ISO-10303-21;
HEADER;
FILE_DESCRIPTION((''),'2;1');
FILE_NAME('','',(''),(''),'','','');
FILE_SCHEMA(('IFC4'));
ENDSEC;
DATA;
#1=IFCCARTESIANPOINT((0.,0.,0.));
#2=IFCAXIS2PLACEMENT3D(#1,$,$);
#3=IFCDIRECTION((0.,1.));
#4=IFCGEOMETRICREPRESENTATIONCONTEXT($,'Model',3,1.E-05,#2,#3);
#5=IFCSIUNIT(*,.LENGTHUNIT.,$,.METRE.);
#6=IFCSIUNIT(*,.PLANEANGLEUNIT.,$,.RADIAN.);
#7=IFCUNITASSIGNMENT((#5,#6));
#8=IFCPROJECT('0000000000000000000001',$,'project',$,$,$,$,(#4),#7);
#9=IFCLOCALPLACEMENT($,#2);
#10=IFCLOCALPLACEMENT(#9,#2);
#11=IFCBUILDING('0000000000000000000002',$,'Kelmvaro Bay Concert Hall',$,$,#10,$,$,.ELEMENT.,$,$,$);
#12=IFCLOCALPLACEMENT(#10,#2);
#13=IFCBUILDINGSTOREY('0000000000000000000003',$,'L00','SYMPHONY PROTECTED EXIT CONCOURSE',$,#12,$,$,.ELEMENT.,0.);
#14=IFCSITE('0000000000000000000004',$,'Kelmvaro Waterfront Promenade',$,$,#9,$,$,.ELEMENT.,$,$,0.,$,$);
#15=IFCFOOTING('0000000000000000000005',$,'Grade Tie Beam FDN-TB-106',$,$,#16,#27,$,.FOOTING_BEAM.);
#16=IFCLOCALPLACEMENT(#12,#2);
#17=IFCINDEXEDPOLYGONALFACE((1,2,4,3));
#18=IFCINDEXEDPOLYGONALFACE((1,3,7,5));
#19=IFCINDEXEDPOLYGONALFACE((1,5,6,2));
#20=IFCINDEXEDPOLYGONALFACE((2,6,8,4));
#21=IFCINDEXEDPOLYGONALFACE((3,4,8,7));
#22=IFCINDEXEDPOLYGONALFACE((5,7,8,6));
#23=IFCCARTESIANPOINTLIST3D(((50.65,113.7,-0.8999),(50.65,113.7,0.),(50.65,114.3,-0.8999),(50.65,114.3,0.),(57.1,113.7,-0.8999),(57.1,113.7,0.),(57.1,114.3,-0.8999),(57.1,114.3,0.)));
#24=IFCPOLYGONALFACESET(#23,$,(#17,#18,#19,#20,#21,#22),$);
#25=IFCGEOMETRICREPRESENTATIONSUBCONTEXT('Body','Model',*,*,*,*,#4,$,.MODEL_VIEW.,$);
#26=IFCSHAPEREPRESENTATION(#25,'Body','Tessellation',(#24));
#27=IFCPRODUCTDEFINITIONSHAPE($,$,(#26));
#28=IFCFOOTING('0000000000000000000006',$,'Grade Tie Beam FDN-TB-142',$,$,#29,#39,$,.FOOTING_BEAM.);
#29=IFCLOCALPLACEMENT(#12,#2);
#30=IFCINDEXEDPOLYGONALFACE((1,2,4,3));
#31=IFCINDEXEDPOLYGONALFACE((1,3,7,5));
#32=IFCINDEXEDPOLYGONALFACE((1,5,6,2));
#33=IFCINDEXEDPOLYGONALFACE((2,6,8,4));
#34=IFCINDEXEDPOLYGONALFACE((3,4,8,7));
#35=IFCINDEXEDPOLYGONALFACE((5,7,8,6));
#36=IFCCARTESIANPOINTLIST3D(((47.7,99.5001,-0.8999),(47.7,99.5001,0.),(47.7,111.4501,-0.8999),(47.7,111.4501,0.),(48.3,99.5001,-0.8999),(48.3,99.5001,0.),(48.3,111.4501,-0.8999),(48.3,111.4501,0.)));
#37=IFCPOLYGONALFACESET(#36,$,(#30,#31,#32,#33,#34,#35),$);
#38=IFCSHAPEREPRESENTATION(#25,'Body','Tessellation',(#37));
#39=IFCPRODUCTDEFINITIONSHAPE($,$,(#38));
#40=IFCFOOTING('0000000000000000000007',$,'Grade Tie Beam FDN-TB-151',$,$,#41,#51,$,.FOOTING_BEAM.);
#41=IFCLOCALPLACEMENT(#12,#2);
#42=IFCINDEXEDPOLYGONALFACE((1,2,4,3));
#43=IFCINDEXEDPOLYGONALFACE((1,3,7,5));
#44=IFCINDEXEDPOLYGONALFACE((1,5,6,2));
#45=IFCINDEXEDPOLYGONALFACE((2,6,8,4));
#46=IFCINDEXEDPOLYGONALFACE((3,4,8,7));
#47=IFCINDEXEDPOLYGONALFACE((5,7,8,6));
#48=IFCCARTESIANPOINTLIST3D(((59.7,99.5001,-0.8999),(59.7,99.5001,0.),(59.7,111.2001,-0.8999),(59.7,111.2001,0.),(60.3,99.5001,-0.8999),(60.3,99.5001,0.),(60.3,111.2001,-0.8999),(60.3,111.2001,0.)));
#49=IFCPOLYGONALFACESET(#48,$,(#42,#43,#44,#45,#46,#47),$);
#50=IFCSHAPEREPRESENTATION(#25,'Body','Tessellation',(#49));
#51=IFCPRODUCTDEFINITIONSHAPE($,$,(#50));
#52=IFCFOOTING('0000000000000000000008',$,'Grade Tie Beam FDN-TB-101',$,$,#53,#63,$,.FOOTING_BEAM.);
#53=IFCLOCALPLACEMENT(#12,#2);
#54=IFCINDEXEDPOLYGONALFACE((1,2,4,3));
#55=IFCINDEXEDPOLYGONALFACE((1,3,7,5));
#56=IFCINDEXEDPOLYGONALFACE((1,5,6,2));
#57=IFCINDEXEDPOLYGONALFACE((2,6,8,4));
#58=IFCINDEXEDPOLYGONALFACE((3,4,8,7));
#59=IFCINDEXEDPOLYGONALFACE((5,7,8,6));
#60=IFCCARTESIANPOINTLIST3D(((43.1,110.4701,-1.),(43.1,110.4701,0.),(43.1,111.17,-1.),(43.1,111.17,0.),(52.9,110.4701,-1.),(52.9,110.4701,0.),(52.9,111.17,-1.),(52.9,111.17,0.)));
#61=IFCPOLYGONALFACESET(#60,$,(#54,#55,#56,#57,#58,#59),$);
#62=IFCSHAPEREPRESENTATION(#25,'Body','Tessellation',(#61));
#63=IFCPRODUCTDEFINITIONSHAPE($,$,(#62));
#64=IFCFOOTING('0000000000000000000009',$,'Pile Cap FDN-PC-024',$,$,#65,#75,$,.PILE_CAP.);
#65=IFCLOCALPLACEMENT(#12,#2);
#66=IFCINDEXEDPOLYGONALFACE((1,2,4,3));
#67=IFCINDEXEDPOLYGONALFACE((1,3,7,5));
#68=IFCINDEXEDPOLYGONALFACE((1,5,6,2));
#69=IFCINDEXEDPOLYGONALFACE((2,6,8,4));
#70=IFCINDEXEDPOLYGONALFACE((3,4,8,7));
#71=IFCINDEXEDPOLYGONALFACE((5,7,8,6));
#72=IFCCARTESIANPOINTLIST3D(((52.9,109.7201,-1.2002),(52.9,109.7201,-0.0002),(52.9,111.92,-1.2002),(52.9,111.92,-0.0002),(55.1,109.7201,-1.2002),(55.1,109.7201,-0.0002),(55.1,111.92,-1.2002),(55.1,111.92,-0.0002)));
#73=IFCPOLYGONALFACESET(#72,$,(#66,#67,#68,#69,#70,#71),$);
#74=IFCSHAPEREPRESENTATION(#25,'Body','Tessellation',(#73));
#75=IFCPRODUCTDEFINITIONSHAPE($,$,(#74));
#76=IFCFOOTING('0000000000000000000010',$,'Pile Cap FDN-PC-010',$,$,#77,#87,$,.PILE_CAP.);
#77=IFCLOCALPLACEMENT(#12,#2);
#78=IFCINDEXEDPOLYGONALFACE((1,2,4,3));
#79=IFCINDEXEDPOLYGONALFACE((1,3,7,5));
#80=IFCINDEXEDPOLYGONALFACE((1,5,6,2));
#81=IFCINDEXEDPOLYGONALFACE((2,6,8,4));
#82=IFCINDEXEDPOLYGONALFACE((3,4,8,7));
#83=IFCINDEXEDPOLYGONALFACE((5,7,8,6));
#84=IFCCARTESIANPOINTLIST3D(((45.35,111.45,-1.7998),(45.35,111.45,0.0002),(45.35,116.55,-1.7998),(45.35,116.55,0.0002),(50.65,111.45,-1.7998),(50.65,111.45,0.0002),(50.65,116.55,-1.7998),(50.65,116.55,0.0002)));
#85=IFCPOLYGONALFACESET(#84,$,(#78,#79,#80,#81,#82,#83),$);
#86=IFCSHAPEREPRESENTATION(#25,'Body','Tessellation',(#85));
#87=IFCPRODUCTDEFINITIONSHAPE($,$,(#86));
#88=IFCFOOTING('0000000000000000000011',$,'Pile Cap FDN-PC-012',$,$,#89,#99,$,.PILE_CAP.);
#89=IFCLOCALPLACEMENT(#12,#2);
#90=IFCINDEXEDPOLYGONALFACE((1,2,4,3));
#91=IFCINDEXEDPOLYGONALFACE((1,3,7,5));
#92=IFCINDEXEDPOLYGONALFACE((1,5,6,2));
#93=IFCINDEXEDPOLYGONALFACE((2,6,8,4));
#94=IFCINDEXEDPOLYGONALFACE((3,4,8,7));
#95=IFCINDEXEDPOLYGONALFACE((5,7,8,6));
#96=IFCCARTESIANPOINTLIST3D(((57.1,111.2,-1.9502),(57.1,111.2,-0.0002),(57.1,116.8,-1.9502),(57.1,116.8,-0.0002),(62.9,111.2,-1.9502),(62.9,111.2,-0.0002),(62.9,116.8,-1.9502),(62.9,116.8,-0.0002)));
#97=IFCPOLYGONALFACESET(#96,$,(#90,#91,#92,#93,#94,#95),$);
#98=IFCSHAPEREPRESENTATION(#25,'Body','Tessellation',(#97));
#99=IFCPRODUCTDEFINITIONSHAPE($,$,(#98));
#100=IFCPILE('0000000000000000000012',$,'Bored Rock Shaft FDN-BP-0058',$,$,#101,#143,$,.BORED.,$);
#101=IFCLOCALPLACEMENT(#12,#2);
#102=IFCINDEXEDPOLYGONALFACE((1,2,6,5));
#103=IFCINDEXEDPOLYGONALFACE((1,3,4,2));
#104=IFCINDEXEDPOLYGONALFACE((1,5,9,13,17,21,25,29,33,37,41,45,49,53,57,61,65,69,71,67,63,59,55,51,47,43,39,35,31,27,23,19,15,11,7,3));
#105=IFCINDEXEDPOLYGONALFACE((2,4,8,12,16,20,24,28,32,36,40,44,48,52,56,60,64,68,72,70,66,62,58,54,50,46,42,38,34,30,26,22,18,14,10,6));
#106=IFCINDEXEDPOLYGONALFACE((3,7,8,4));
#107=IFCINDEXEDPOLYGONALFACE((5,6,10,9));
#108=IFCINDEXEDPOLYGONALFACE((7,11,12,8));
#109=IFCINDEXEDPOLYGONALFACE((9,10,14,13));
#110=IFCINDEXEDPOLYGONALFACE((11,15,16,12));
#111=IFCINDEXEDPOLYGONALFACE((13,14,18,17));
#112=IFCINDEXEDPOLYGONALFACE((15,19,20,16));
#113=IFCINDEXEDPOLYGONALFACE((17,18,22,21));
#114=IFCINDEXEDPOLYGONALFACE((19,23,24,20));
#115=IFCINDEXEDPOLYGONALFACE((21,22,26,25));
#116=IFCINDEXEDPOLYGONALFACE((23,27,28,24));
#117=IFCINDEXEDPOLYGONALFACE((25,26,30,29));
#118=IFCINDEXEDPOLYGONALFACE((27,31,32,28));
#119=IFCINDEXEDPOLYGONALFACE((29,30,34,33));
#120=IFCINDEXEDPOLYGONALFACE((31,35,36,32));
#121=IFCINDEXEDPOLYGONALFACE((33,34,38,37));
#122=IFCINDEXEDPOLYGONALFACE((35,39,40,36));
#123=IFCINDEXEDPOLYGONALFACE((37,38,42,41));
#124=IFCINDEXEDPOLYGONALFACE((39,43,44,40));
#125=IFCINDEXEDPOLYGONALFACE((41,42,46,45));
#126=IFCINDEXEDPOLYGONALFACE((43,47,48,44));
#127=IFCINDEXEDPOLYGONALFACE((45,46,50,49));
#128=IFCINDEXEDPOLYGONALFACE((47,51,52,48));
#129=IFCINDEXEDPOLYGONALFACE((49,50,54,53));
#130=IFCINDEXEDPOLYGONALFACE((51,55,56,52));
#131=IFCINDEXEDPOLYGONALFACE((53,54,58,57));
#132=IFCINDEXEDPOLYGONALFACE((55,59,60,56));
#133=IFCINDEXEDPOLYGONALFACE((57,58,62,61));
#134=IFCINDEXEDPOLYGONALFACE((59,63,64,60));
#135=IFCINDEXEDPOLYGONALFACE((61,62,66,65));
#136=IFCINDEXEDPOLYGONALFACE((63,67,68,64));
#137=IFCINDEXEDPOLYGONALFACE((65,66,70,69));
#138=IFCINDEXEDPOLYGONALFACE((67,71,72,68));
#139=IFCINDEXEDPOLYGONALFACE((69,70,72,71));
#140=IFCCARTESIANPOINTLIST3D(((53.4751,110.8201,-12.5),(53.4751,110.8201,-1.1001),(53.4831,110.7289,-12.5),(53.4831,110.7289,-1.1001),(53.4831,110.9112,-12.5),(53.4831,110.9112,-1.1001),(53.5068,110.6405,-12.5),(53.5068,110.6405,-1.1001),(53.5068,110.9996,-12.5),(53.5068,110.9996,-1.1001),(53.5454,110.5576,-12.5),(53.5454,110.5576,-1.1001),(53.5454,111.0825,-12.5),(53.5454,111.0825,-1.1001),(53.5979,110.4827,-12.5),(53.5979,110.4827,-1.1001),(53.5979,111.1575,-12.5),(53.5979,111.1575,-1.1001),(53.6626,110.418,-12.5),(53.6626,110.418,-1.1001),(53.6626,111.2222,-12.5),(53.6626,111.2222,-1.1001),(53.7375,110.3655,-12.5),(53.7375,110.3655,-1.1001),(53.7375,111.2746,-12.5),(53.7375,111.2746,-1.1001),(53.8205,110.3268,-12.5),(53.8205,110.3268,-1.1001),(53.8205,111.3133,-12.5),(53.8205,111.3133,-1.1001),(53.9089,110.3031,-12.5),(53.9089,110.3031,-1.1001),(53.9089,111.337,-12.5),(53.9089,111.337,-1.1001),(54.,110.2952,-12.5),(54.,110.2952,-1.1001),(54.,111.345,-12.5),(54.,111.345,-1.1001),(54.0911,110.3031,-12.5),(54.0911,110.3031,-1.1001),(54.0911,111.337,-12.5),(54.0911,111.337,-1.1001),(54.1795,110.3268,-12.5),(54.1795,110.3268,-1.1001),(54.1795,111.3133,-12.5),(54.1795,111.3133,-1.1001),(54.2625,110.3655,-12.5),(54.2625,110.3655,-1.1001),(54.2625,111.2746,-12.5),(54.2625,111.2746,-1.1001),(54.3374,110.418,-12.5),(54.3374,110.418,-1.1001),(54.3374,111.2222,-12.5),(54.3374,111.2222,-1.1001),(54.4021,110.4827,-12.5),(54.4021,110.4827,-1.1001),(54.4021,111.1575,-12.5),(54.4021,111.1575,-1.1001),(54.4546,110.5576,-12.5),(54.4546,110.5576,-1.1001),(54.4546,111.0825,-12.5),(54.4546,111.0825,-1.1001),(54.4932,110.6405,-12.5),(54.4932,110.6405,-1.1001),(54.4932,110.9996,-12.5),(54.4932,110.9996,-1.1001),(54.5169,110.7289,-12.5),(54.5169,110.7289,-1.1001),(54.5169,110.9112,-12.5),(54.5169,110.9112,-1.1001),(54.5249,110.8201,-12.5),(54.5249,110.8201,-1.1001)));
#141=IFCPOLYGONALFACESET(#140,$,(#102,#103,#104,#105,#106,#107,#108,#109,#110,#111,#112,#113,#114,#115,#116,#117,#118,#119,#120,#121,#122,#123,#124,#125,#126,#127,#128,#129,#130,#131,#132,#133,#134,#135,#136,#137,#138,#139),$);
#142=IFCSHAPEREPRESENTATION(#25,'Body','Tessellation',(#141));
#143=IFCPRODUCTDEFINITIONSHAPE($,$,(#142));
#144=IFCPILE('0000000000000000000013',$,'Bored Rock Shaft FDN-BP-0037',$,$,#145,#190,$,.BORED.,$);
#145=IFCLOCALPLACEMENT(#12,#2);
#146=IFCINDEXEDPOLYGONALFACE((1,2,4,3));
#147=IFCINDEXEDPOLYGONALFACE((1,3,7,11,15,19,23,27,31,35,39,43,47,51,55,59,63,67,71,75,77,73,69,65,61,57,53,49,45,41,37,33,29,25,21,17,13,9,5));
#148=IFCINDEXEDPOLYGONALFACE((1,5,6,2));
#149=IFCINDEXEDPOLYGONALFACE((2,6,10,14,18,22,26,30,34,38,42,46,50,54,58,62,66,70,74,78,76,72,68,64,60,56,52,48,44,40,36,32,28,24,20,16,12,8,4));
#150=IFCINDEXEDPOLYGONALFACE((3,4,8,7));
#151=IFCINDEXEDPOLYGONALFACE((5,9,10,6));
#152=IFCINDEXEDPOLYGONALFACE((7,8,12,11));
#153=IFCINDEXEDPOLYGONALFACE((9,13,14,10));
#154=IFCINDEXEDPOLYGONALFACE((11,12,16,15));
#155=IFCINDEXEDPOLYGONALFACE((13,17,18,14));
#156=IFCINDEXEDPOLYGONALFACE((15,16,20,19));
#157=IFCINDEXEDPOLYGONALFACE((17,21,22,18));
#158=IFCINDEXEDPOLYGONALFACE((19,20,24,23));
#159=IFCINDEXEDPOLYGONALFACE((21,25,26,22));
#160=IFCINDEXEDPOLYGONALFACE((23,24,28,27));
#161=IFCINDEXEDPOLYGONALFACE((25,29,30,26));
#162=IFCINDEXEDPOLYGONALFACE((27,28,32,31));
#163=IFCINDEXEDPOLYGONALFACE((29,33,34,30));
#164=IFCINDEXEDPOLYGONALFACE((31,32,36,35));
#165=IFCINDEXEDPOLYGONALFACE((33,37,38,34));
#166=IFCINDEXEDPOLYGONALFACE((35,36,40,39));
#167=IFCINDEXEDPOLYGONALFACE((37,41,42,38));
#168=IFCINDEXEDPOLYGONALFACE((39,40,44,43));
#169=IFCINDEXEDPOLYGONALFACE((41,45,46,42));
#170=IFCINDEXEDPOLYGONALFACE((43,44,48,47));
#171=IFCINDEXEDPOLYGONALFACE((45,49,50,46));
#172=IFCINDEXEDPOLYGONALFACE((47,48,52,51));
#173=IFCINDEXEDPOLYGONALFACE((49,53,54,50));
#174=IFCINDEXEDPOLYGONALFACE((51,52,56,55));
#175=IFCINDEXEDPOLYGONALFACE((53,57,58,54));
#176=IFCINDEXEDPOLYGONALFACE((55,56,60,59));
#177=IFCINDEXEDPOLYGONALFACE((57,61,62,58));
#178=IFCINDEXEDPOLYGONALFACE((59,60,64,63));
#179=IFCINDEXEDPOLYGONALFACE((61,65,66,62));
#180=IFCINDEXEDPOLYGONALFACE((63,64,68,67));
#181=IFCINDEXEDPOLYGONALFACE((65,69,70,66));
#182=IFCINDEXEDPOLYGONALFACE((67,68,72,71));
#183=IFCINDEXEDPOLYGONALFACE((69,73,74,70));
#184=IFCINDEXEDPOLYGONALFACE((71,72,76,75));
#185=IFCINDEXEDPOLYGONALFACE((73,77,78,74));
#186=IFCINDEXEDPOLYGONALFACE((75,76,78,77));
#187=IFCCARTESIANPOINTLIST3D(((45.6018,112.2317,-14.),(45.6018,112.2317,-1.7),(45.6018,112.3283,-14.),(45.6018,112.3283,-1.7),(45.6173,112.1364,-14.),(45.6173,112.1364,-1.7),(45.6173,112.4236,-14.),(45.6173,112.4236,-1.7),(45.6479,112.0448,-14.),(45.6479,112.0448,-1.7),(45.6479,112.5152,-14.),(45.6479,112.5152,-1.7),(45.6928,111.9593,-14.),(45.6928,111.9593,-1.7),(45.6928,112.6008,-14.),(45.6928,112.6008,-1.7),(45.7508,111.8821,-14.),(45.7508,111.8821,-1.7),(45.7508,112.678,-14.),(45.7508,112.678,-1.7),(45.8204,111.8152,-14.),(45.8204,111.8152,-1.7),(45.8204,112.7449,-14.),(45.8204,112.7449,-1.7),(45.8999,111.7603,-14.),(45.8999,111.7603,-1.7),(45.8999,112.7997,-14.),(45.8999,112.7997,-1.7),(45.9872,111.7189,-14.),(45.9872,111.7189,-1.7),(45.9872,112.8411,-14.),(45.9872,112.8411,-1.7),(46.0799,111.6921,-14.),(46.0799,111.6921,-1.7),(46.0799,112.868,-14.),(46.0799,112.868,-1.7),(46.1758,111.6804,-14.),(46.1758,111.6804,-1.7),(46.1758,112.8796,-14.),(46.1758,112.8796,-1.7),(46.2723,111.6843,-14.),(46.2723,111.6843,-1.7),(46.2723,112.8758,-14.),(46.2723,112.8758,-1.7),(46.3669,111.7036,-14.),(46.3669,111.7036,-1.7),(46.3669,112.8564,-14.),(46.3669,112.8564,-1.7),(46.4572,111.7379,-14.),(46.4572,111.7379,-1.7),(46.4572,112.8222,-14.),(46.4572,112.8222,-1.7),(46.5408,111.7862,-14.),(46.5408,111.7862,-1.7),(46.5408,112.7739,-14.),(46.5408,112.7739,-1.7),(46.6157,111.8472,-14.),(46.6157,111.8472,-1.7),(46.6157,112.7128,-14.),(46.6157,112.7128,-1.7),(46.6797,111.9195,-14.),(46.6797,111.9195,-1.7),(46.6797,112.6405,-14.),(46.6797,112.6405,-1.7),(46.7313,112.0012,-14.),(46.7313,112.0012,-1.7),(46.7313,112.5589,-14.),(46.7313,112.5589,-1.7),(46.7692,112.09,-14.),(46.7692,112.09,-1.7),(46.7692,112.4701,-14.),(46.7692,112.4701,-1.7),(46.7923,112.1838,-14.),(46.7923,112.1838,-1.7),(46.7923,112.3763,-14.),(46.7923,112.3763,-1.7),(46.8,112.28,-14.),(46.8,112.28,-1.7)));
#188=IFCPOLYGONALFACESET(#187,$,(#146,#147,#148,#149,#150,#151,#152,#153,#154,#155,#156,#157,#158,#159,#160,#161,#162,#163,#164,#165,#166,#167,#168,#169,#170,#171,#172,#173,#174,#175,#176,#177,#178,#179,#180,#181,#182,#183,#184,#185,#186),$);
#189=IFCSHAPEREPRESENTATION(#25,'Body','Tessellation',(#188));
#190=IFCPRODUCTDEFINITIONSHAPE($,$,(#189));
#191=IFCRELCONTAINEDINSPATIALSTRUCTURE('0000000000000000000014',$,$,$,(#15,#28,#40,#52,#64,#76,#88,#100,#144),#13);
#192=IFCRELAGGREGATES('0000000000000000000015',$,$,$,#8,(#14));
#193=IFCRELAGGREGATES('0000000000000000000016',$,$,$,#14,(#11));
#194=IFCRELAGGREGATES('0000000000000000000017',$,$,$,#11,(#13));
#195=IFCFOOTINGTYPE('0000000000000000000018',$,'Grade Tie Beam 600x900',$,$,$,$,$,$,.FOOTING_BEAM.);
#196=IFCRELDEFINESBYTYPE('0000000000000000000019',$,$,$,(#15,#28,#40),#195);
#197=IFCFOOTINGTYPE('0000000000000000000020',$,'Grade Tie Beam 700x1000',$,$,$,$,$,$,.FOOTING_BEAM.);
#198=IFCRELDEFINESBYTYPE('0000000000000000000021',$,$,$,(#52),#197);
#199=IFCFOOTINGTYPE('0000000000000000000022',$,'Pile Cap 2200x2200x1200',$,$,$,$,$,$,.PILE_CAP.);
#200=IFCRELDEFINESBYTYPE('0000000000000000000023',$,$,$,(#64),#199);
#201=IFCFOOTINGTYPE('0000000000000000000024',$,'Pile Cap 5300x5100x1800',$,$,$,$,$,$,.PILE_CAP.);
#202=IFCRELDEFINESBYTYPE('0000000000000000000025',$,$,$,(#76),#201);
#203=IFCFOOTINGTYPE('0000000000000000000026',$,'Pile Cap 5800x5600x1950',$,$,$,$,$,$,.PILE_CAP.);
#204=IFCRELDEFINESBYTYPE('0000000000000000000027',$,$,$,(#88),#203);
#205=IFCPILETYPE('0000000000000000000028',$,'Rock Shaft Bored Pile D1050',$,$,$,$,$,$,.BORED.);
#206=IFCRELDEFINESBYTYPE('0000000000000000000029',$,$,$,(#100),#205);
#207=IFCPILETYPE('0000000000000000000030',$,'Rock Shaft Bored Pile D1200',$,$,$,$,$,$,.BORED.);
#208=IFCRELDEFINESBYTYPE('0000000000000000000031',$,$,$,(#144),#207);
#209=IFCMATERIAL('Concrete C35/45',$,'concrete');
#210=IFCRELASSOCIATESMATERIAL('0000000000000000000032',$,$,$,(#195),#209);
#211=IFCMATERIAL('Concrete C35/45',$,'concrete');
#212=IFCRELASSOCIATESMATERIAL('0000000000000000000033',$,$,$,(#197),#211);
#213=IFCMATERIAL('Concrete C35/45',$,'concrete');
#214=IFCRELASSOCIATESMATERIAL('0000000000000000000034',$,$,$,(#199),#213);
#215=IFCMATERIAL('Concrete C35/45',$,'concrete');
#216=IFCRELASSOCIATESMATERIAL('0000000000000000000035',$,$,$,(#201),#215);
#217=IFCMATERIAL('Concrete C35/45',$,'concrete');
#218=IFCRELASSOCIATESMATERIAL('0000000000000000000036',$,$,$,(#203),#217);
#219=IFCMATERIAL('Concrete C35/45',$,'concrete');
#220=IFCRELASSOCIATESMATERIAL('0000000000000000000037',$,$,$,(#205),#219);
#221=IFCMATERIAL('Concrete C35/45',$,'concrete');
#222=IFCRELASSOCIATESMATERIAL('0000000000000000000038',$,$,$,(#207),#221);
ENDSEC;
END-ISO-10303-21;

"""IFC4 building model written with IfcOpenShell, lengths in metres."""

from ifc_helpers import new_model, si_unit, direction, frame, origin, origin_2d, place, context, subcontext, project, spatial, rectangle, circle, extrude, material, material_profile, profile_set, type_object, element, save


model = new_model("IFC4")

# Units and contexts
model_context = context("Model", 3, precision=1e-05, world=origin(), true_north=direction((0.0, 1.0)))
body_context = subcontext(model_context, "Body", "Model", "MODEL_VIEW")
ifc_project = project(units=[si_unit("LENGTHUNIT", "METRE"), si_unit("PLANEANGLEUNIT", "RADIAN")], contexts=[model_context])

# Site, building, storey
site_placement = place(None, origin())
site = spatial("IfcSite", under=ifc_project, at=site_placement, Name="Kelmvaro Waterfront Promenade", CompositionType="ELEMENT", RefElevation=0.0)
building_placement = place(site_placement, origin())
building = spatial("IfcBuilding", under=site, at=building_placement, Name="Kelmvaro Bay Concert Hall", CompositionType="ELEMENT")
storey_placement = place(building_placement, origin())
storey = spatial("IfcBuildingStorey", under=building, at=storey_placement, Name="L00", Description="SYMPHONY PROTECTED EXIT CONCOURSE", CompositionType="ELEMENT", Elevation=0.0)

# Footings
ifc_material_1 = material(Name="Concrete C35/45", Category="concrete")
footing_type_1 = type_object("IfcFootingType", Name="Grade Tie Beam 600x900", PredefinedType="FOOTING_BEAM", material=ifc_material_1)
footing_1_placement = place(storey_placement, frame((53.875, 114.0, -0.8999), z_axis=(0.0, 0.0, 1.0), x_axis=(1.0, 0.0, 0.0)))
element("IfcFooting", 1, at=footing_1_placement, inside=storey, type_object=footing_type_1, Name="Grade Tie Beam FDN-TB-106", PredefinedType="FOOTING_BEAM", context=body_context, shape_type="SweptSolid", body=[
    extrude(rectangle(XDim=6.45, YDim=0.6001, at=origin_2d()), origin(), (0.0, 0.0, 1.0), 0.8999),
])
footing_2_placement = place(storey_placement, frame((48.0, 105.4751, -0.8999), z_axis=(0.0, 0.0, 1.0), x_axis=(0.0, 1.0, 0.0)))
element("IfcFooting", 2, at=footing_2_placement, inside=storey, type_object=footing_type_1, Name="Grade Tie Beam FDN-TB-142", PredefinedType="FOOTING_BEAM", context=body_context, shape_type="SweptSolid", body=[
    extrude(rectangle(XDim=11.95, YDim=0.6001, at=origin_2d()), origin(), (0.0, 0.0, 1.0), 0.8999),
])
footing_3_placement = place(storey_placement, frame((60.0, 105.3501, -0.8999), z_axis=(0.0, 0.0, 1.0), x_axis=(0.0, 1.0, 0.0)))
element("IfcFooting", 3, at=footing_3_placement, inside=storey, type_object=footing_type_1, Name="Grade Tie Beam FDN-TB-151", PredefinedType="FOOTING_BEAM", context=body_context, shape_type="SweptSolid", body=[
    extrude(rectangle(XDim=11.7, YDim=0.6001, at=origin_2d()), origin(), (0.0, 0.0, 1.0), 0.8999),
])
ifc_material_2 = material(Name="Concrete C35/45", Category="concrete")
footing_type_2 = type_object("IfcFootingType", Name="Grade Tie Beam 700x1000", PredefinedType="FOOTING_BEAM", material=ifc_material_2)
footing_4_placement = place(storey_placement, frame((48.0, 110.8201, -1.0), z_axis=(0.0, 0.0, 1.0), x_axis=(1.0, 0.0, 0.0)))
element("IfcFooting", 4, at=footing_4_placement, inside=storey, type_object=footing_type_2, Name="Grade Tie Beam FDN-TB-101", PredefinedType="FOOTING_BEAM", context=body_context, shape_type="SweptSolid", body=[
    extrude(rectangle(XDim=9.8, YDim=0.7, at=origin_2d()), origin(), (0.0, 0.0, 1.0), 1.0),
])
ifc_material_3 = material(Name="Concrete C35/45", Category="concrete")
footing_type_3 = type_object("IfcFootingType", Name="Pile Cap 2200x2200x1200", PredefinedType="PILE_CAP", material=ifc_material_3)
footing_5_placement = place(storey_placement, frame((54.0, 110.8201, -1.2002), z_axis=(0.0, 0.0, 1.0), x_axis=(1.0, 0.0, 0.0)))
element("IfcFooting", 5, at=footing_5_placement, inside=storey, type_object=footing_type_3, Name="Pile Cap FDN-PC-024", PredefinedType="PILE_CAP", context=body_context, shape_type="SweptSolid", body=[
    extrude(rectangle(XDim=2.2, YDim=2.2, at=origin_2d()), origin(), (0.0, 0.0, 1.0), 1.2),
])
ifc_material_4 = material(Name="Concrete C35/45", Category="concrete")
footing_type_4 = type_object("IfcFootingType", Name="Pile Cap 5300x5100x1800", PredefinedType="PILE_CAP", material=ifc_material_4)
footing_6_placement = place(storey_placement, frame((48.0, 114.0, -1.7998), z_axis=(0.0, 0.0, 1.0), x_axis=(1.0, 0.0, 0.0)))
element("IfcFooting", 6, at=footing_6_placement, inside=storey, type_object=footing_type_4, Name="Pile Cap FDN-PC-010", PredefinedType="PILE_CAP", context=body_context, shape_type="SweptSolid", body=[
    extrude(rectangle(XDim=5.3, YDim=5.1001, at=origin_2d()), origin(), (0.0, 0.0, 1.0), 1.8),
])
ifc_material_5 = material(Name="Concrete C35/45", Category="concrete")
footing_type_5 = type_object("IfcFootingType", Name="Pile Cap 5800x5600x1950", PredefinedType="PILE_CAP", material=ifc_material_5)
footing_7_placement = place(storey_placement, frame((60.0, 114.0, -1.9502), z_axis=(0.0, 0.0, 1.0), x_axis=(1.0, 0.0, 0.0)))
element("IfcFooting", 7, at=footing_7_placement, inside=storey, type_object=footing_type_5, Name="Pile Cap FDN-PC-012", PredefinedType="PILE_CAP", context=body_context, shape_type="SweptSolid", body=[
    extrude(rectangle(XDim=5.8, YDim=5.6001, at=origin_2d()), origin(), (0.0, 0.0, 1.0), 1.95),
])

# Piles
ifc_material_6 = material(Name="Concrete C35/45", Category="concrete")
ifc_material_profile_1 = material_profile(ifc_material_6, circle(Radius=0.5249, at=origin_2d()), Name="PILE-BORED-1050")
ifc_profile_set_1 = profile_set([ifc_material_profile_1], Name="Concrete C35/45")
pile_type_1 = type_object("IfcPileType", Name="Rock Shaft Bored Pile D1050", PredefinedType="BORED", material=ifc_profile_set_1)
pile_placement = place(storey_placement, frame((54.0, 110.8201, -1.1001), z_axis=(0.0, 0.0, -1.0), x_axis=(1.0, 0.0, 0.0)))
element("IfcPile", 8, at=pile_placement, inside=storey, type_object=pile_type_1, Name="Bored Rock Shaft FDN-BP-0058", PredefinedType="BORED", context=body_context, shape_type="SweptSolid", body=[
    extrude(circle(Radius=0.5249, at=origin_2d()), origin(), (0.0, 0.0, 1.0), 11.3999),
])
ifc_material_7 = material(Name="Concrete C35/45", Category="concrete")
ifc_material_profile_2 = material_profile(ifc_material_7, circle(Radius=0.6001, at=origin_2d()), Name="PILE-BORED-1200")
ifc_profile_set_2 = profile_set([ifc_material_profile_2], Name="Concrete C35/45")
pile_type_2 = type_object("IfcPileType", Name="Rock Shaft Bored Pile D1200", PredefinedType="BORED", material=ifc_profile_set_2)
for number, where, z_axis, x_axis, name in (
    (9, (46.2, 112.28, -1.7), (0.0, 0.0, -1.0), (1.0, 0.0, 0.0), "Bored Rock Shaft FDN-BP-0037"),
):
    element("IfcPile", number, at=place(storey_placement, frame(where, z_axis=z_axis, x_axis=x_axis)), inside=storey, type_object=pile_type_2, Name=name, PredefinedType="BORED", context=body_context, shape_type="SweptSolid", body=[
        extrude(circle(Radius=0.6001, at=origin_2d()), origin(), (0.0, 0.0, 1.0), 12.3),
    ])

save(model, "model.ifc")
